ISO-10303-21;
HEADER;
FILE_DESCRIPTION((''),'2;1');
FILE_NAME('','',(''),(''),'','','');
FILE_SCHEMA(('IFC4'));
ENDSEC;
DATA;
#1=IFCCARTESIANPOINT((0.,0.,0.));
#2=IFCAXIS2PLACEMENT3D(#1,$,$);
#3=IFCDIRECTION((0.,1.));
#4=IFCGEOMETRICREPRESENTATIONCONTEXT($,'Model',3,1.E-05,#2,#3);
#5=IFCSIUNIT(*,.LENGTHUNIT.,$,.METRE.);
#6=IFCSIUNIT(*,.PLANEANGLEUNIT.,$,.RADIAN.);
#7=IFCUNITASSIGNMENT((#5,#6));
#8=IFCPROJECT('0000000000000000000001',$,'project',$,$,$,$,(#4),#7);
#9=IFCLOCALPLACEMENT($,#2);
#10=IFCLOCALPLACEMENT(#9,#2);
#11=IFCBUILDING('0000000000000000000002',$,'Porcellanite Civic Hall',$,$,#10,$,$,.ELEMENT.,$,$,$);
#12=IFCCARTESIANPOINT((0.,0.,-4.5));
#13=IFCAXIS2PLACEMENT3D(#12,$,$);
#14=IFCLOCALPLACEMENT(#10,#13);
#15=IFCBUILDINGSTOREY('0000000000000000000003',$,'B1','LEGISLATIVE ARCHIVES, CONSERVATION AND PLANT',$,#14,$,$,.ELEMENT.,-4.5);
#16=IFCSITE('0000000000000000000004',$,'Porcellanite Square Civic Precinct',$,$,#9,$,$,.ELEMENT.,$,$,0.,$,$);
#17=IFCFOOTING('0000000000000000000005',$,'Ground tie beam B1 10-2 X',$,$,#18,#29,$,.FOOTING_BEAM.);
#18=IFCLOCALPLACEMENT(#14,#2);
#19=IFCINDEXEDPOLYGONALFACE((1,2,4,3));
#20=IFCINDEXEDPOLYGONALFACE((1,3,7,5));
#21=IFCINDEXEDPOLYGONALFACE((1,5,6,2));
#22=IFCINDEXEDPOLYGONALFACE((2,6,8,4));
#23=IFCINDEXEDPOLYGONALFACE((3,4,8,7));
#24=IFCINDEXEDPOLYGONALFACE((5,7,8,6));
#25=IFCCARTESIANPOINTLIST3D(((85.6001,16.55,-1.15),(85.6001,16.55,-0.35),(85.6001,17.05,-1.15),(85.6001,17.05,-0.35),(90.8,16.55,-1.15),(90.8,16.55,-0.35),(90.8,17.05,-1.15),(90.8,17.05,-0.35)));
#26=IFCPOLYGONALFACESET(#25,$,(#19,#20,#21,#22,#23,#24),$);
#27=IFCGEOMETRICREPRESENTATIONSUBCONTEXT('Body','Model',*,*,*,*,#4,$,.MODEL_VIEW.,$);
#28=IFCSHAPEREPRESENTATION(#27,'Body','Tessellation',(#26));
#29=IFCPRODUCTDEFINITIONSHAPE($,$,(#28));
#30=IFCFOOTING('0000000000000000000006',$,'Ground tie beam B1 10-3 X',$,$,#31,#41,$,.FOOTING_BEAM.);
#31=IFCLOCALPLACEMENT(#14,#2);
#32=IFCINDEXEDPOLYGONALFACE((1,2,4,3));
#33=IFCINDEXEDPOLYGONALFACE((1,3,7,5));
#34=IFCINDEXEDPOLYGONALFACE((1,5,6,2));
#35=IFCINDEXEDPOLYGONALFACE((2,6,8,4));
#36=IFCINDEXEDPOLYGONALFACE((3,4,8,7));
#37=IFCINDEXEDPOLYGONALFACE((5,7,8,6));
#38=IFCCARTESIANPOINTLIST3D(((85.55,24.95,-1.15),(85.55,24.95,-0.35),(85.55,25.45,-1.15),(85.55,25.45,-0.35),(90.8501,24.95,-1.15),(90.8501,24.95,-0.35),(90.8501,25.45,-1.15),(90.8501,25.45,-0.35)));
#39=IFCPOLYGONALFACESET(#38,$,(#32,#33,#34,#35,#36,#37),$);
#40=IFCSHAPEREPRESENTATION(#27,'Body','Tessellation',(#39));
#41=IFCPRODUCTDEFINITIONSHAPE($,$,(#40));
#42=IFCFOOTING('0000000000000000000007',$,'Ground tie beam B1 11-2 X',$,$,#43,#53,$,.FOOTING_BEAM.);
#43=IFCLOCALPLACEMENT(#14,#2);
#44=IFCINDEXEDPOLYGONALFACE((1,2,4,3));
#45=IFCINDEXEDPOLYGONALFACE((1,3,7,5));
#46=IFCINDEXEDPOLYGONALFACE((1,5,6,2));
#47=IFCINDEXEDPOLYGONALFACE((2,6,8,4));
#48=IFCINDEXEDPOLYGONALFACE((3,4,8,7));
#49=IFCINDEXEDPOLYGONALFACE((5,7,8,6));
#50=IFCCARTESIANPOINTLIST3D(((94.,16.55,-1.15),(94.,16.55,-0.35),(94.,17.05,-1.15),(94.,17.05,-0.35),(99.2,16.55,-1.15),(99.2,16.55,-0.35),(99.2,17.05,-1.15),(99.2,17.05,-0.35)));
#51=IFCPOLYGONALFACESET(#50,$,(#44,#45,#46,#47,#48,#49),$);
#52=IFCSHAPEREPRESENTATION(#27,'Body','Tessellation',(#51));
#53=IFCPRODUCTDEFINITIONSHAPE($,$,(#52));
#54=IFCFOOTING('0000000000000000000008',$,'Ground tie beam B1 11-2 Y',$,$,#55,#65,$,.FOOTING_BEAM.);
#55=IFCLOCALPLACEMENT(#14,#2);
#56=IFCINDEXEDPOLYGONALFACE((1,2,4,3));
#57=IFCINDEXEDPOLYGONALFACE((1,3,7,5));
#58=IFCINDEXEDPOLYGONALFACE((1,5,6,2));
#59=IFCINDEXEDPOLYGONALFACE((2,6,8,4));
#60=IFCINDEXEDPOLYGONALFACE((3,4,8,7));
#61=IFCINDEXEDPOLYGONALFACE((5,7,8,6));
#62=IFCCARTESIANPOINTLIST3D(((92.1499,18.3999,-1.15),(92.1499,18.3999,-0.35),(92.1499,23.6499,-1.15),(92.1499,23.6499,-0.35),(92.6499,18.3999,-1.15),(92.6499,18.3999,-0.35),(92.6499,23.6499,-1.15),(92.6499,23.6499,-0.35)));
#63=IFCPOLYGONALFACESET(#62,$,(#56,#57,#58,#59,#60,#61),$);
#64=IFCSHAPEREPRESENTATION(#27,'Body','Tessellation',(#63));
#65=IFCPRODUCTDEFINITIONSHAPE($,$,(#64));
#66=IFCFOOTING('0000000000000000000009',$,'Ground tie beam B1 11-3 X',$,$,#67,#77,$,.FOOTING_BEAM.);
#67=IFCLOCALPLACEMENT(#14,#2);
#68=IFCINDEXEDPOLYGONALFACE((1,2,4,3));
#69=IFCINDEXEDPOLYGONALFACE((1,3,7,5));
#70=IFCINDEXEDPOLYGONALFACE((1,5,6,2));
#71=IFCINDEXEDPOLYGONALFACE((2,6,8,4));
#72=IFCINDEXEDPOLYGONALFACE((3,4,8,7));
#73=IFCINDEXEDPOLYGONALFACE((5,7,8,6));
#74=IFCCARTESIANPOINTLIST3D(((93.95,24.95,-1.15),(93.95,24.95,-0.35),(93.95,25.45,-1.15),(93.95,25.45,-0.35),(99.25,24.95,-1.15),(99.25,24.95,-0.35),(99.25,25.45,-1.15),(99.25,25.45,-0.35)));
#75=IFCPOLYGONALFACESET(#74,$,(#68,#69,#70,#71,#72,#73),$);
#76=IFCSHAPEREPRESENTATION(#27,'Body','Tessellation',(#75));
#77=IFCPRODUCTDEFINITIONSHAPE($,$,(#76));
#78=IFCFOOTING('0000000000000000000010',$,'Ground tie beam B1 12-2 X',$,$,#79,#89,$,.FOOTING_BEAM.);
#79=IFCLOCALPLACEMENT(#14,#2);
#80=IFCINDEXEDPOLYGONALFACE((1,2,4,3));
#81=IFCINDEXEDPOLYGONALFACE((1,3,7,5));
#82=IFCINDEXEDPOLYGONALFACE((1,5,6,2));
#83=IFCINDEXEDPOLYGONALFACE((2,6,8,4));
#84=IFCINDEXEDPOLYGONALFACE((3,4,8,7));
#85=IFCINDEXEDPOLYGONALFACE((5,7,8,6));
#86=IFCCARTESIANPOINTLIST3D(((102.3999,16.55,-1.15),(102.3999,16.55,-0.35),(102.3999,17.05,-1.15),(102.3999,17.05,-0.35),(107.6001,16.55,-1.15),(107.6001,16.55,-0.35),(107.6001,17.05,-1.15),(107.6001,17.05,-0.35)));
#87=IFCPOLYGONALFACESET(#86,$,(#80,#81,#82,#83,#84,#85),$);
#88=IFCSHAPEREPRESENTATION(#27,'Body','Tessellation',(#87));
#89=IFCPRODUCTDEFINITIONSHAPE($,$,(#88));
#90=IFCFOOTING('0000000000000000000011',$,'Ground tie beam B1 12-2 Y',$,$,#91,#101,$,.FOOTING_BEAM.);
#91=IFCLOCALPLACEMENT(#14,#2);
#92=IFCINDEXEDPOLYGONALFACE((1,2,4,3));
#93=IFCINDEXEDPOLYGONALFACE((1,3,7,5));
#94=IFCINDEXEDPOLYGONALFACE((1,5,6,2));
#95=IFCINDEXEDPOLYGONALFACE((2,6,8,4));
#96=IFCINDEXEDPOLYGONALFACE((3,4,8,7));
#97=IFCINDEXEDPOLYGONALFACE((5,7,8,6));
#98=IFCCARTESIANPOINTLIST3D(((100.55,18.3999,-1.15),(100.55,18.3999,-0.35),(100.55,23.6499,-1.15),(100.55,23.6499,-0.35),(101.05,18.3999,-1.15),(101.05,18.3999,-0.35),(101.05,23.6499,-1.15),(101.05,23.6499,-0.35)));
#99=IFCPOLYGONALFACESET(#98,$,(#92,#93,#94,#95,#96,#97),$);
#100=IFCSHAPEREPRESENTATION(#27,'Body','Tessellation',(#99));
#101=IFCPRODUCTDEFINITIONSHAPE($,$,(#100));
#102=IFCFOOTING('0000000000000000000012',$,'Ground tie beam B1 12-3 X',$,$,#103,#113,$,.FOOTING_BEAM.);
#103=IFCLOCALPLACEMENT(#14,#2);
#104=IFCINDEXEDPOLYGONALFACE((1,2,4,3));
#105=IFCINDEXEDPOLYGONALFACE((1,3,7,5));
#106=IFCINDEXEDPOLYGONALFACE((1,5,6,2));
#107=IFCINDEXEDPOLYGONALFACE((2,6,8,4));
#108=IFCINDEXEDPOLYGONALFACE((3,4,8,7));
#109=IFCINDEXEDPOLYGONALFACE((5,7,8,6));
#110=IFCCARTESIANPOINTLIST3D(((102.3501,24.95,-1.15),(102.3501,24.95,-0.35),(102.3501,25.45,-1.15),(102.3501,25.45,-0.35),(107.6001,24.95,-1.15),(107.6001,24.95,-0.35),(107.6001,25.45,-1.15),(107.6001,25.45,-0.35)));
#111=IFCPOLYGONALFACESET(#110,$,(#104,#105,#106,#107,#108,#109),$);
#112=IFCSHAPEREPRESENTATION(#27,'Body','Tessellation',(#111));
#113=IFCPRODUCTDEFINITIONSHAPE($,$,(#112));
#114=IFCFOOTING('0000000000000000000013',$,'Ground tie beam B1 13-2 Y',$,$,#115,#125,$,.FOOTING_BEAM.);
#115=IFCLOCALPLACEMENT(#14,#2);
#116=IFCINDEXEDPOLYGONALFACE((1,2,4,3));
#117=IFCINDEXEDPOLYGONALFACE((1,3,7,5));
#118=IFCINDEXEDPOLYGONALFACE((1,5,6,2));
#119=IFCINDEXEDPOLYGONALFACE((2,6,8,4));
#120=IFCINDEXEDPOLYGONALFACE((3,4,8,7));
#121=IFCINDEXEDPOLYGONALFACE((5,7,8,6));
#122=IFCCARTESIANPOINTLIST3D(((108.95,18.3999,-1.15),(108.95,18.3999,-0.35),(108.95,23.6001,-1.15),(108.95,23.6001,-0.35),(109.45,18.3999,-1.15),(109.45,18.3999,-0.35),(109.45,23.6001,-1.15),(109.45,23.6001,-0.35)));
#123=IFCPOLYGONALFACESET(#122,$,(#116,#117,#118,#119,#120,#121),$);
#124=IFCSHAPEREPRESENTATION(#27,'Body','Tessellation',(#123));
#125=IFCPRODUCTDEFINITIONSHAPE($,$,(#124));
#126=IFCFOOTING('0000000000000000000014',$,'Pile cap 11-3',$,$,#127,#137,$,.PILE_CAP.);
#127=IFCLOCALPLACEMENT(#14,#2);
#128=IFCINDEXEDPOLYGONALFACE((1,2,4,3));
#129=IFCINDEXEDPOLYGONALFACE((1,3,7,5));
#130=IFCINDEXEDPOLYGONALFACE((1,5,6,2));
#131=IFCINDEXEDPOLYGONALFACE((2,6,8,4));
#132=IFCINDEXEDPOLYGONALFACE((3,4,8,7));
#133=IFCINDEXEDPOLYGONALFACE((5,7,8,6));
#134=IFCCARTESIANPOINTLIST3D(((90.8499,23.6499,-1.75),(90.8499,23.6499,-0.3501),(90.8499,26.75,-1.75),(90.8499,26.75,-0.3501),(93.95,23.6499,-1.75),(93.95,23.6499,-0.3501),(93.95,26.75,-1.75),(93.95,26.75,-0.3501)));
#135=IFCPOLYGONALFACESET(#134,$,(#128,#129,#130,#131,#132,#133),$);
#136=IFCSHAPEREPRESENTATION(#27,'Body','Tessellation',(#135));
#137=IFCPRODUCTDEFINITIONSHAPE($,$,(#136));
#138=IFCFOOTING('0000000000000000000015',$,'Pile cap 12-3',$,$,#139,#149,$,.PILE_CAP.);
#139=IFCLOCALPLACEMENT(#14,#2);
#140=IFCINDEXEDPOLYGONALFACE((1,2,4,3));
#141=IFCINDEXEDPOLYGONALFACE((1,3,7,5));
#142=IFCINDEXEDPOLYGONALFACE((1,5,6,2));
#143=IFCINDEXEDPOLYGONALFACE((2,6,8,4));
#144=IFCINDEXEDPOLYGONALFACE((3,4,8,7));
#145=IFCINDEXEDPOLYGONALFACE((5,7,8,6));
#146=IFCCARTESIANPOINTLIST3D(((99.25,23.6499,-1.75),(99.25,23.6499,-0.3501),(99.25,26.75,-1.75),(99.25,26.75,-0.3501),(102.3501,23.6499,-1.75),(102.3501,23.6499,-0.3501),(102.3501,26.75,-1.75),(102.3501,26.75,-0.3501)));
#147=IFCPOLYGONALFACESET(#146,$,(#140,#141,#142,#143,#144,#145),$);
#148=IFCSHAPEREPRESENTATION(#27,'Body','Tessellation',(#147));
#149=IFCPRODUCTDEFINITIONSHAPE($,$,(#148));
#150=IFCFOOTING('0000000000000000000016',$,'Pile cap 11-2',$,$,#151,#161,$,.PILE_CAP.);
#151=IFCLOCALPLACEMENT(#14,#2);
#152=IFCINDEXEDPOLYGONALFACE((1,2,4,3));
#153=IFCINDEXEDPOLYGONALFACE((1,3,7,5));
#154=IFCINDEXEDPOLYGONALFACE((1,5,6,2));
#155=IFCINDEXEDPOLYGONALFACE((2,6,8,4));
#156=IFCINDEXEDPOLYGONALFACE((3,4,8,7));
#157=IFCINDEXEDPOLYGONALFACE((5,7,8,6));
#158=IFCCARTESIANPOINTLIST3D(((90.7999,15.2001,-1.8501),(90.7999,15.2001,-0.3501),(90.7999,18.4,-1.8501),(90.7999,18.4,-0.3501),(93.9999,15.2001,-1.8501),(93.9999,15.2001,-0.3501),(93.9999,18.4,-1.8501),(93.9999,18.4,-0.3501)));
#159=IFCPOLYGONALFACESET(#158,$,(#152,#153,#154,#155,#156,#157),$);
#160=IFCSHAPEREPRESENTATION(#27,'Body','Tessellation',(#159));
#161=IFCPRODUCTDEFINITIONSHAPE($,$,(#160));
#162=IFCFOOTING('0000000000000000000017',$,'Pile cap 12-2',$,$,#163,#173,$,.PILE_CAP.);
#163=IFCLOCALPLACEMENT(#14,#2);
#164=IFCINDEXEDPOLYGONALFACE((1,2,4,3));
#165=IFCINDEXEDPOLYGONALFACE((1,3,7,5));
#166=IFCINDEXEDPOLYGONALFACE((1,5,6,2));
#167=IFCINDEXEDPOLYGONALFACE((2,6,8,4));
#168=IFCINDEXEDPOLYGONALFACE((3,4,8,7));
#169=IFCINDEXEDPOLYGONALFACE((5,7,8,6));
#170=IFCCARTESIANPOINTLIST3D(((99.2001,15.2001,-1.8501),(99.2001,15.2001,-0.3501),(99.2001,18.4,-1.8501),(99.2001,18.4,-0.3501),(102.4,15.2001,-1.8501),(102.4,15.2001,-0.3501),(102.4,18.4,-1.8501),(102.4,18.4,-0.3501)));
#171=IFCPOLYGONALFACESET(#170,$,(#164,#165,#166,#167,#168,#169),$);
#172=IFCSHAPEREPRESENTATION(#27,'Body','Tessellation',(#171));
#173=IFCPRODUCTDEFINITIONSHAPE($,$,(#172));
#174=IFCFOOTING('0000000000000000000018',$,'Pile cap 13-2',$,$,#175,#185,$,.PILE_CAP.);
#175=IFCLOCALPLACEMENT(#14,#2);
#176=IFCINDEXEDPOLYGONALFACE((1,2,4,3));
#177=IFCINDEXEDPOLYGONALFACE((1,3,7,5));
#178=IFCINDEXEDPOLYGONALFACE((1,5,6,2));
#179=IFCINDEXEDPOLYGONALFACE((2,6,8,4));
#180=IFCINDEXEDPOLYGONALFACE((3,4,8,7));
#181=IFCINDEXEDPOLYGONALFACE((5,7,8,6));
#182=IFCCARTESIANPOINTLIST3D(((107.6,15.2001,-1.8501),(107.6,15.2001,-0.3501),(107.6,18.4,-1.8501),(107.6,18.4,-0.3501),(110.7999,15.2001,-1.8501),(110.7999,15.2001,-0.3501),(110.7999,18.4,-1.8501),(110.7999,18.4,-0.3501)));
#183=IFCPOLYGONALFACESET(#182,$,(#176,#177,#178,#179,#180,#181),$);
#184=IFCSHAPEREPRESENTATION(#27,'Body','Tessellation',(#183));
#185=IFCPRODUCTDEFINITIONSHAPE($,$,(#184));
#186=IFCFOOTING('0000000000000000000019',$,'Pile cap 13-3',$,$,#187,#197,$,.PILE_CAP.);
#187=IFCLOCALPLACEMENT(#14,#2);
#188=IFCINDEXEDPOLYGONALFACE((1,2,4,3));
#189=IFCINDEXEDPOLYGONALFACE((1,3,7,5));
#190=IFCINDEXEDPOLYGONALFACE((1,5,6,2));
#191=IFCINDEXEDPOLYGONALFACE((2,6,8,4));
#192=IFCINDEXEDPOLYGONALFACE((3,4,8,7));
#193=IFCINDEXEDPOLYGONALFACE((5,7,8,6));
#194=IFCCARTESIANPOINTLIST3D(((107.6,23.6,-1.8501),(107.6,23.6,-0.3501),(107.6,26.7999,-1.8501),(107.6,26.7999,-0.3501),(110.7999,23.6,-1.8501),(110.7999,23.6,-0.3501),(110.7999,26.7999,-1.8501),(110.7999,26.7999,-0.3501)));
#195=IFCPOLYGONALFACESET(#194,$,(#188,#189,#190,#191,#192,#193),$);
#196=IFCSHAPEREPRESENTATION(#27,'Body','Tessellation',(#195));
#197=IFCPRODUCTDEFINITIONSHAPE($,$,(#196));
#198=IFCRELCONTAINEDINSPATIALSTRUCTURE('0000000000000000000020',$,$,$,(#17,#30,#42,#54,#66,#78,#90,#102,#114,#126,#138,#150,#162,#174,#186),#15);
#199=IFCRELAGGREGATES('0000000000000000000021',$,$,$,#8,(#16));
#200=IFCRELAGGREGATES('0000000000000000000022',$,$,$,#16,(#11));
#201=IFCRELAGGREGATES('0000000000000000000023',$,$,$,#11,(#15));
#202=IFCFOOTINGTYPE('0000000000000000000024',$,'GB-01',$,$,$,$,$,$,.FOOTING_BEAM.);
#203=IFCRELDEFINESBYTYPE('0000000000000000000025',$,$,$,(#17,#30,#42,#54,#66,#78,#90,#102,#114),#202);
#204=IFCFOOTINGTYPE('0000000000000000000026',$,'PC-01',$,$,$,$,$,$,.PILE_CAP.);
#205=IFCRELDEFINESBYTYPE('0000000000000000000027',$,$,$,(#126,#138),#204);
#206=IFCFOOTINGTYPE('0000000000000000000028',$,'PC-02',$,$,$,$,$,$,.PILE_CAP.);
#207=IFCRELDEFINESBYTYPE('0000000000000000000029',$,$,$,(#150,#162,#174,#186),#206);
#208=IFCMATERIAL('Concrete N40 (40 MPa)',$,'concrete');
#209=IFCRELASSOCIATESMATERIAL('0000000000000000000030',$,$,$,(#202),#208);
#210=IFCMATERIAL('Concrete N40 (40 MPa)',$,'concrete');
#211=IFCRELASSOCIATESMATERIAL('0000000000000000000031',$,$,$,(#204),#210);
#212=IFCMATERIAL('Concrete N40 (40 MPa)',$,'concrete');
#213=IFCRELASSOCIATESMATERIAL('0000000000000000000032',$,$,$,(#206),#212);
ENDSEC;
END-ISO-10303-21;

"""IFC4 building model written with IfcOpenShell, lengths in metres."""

from ifc_helpers import new_model, si_unit, direction, frame, origin, origin_2d, place, context, subcontext, project, spatial, rectangle, extrude, material, material_profile, profile_set, type_object, element, save


model = new_model("IFC4")

# Units and contexts
model_context = context("Model", 3, precision=1e-05, world=origin(), true_north=direction((0.0, 1.0)))
body_context = subcontext(model_context, "Body", "Model", "MODEL_VIEW")
ifc_project = project(units=[si_unit("LENGTHUNIT", "METRE"), si_unit("PLANEANGLEUNIT", "RADIAN")], contexts=[model_context])

# Site, building, storey
site_placement = place(None, origin())
site = spatial("IfcSite", under=ifc_project, at=site_placement, Name="Porcellanite Square Civic Precinct", CompositionType="ELEMENT", RefElevation=0.0)
building_placement = place(site_placement, origin())
building = spatial("IfcBuilding", under=site, at=building_placement, Name="Porcellanite Civic Hall", CompositionType="ELEMENT")
storey_placement = place(building_placement, frame((0.0, 0.0, -4.5)))
storey = spatial("IfcBuildingStorey", under=building, at=storey_placement, Name="B1", Description="LEGISLATIVE ARCHIVES, CONSERVATION AND PLANT", CompositionType="ELEMENT", Elevation=-4.5)

# Footings
ifc_material_1 = material(Name="Concrete N40 (40 MPa)", Category="concrete")
ifc_material_profile_1 = material_profile(ifc_material_1, rectangle(XDim=0.5, YDim=0.8, at=origin_2d()), Name="RC-500x800")
ifc_profile_set_1 = profile_set([ifc_material_profile_1], Name="Concrete N40 (40 MPa)")
footing_type_1 = type_object("IfcFootingType", Name="GB-01", PredefinedType="FOOTING_BEAM", material=ifc_profile_set_1)
footing_1_placement = place(storey_placement, frame((85.6001, 16.8, -0.75), z_axis=(1.0, 0.0, 0.0), x_axis=(0.0, 1.0, 0.0)))
element("IfcFooting", 1, at=footing_1_placement, inside=storey, type_object=footing_type_1, Name="Ground tie beam B1 10-2 X", PredefinedType="FOOTING_BEAM", context=body_context, shape_type="SweptSolid", body=[
    extrude(rectangle(XDim=0.5, YDim=0.8, at=origin_2d()), origin(), (0.0, 0.0, 1.0), 5.2),
])
footing_2_placement = place(storey_placement, frame((85.55, 25.2, -0.75), z_axis=(1.0, 0.0, 0.0), x_axis=(0.0, 1.0, 0.0)))
element("IfcFooting", 2, at=footing_2_placement, inside=storey, type_object=footing_type_1, Name="Ground tie beam B1 10-3 X", PredefinedType="FOOTING_BEAM", context=body_context, shape_type="SweptSolid", body=[
    extrude(rectangle(XDim=0.5, YDim=0.8, at=origin_2d()), origin(), (0.0, 0.0, 1.0), 5.3),
])
footing_3_placement = place(storey_placement, frame((94.0, 16.8, -0.75), z_axis=(1.0, 0.0, 0.0), x_axis=(0.0, 1.0, 0.0)))
element("IfcFooting", 3, at=footing_3_placement, inside=storey, type_object=footing_type_1, Name="Ground tie beam B1 11-2 X", PredefinedType="FOOTING_BEAM", context=body_context, shape_type="SweptSolid", body=[
    extrude(rectangle(XDim=0.5, YDim=0.8, at=origin_2d()), origin(), (0.0, 0.0, 1.0), 5.2),
])
footing_4_placement = place(storey_placement, frame((92.3999, 18.3999, -0.75), z_axis=(0.0, 1.0, 0.0), x_axis=(-1.0, 0.0, 0.0)))
element("IfcFooting", 4, at=footing_4_placement, inside=storey, type_object=footing_type_1, Name="Ground tie beam B1 11-2 Y", PredefinedType="FOOTING_BEAM", context=body_context, shape_type="SweptSolid", body=[
    extrude(rectangle(XDim=0.5, YDim=0.8, at=origin_2d()), origin(), (0.0, 0.0, 1.0), 5.25),
])
footing_5_placement = place(storey_placement, frame((93.95, 25.2, -0.75), z_axis=(1.0, 0.0, 0.0), x_axis=(0.0, 1.0, 0.0)))
element("IfcFooting", 5, at=footing_5_placement, inside=storey, type_object=footing_type_1, Name="Ground tie beam B1 11-3 X", PredefinedType="FOOTING_BEAM", context=body_context, shape_type="SweptSolid", body=[
    extrude(rectangle(XDim=0.5, YDim=0.8, at=origin_2d()), origin(), (0.0, 0.0, 1.0), 5.3),
])
footing_6_placement = place(storey_placement, frame((102.3999, 16.8, -0.75), z_axis=(1.0, 0.0, 0.0), x_axis=(0.0, 1.0, 0.0)))
element("IfcFooting", 6, at=footing_6_placement, inside=storey, type_object=footing_type_1, Name="Ground tie beam B1 12-2 X", PredefinedType="FOOTING_BEAM", context=body_context, shape_type="SweptSolid", body=[
    extrude(rectangle(XDim=0.5, YDim=0.8, at=origin_2d()), origin(), (0.0, 0.0, 1.0), 5.2002),
])
for number, where, z_axis, x_axis, name in (
    (7, (100.8, 18.3999, -0.75), (0.0, 1.0, 0.0), (-1.0, 0.0, 0.0), "Ground tie beam B1 12-2 Y"),
    (8, (102.3501, 25.2, -0.75), (1.0, 0.0, 0.0), (0.0, 1.0, 0.0), "Ground tie beam B1 12-3 X"),
):
    element("IfcFooting", number, at=place(storey_placement, frame(where, z_axis=z_axis, x_axis=x_axis)), inside=storey, type_object=footing_type_1, Name=name, PredefinedType="FOOTING_BEAM", context=body_context, shape_type="SweptSolid", body=[
        extrude(rectangle(XDim=0.5, YDim=0.8, at=origin_2d()), origin(), (0.0, 0.0, 1.0), 5.25),
    ])
footing_7_placement = place(storey_placement, frame((109.2, 18.3999, -0.75), z_axis=(0.0, 1.0, 0.0), x_axis=(-1.0, 0.0, 0.0)))
element("IfcFooting", 9, at=footing_7_placement, inside=storey, type_object=footing_type_1, Name="Ground tie beam B1 13-2 Y", PredefinedType="FOOTING_BEAM", context=body_context, shape_type="SweptSolid", body=[
    extrude(rectangle(XDim=0.5, YDim=0.8, at=origin_2d()), origin(), (0.0, 0.0, 1.0), 5.2002),
])
ifc_material_2 = material(Name="Concrete N40 (40 MPa)", Category="concrete")
footing_type_2 = type_object("IfcFootingType", Name="PC-01", PredefinedType="PILE_CAP", material=ifc_material_2)
for number, where, z_axis, x_axis, name in (
    (10, (92.3999, 25.2, -1.75), (0.0, 0.0, 1.0), (1.0, 0.0, 0.0), "Pile cap 11-3"),
    (11, (100.8, 25.2, -1.75), (0.0, 0.0, 1.0), (1.0, 0.0, 0.0), "Pile cap 12-3"),
):
    element("IfcFooting", number, at=place(storey_placement, frame(where, z_axis=z_axis, x_axis=x_axis)), inside=storey, type_object=footing_type_2, Name=name, PredefinedType="PILE_CAP", context=body_context, shape_type="SweptSolid", body=[
        extrude(rectangle(XDim=3.1001, YDim=3.1001, at=origin_2d()), origin(), (0.0, 0.0, 1.0), 1.3999),
    ])
ifc_material_3 = material(Name="Concrete N40 (40 MPa)", Category="concrete")
footing_type_3 = type_object("IfcFootingType", Name="PC-02", PredefinedType="PILE_CAP", material=ifc_material_3)
for number, where, z_axis, x_axis, name in (
    (12, (92.3999, 16.8, -1.8501), (0.0, 0.0, 1.0), (1.0, 0.0, 0.0), "Pile cap 11-2"),
    (13, (100.8, 16.8, -1.8501), (0.0, 0.0, 1.0), (1.0, 0.0, 0.0), "Pile cap 12-2"),
    (14, (109.2, 16.8, -1.8501), (0.0, 0.0, 1.0), (1.0, 0.0, 0.0), "Pile cap 13-2"),
    (15, (109.2, 25.2, -1.8501), (0.0, 0.0, 1.0), (1.0, 0.0, 0.0), "Pile cap 13-3"),
):
    element("IfcFooting", number, at=place(storey_placement, frame(where, z_axis=z_axis, x_axis=x_axis)), inside=storey, type_object=footing_type_3, Name=name, PredefinedType="PILE_CAP", context=body_context, shape_type="SweptSolid", body=[
        extrude(rectangle(XDim=3.2, YDim=3.2, at=origin_2d()), origin(), (0.0, 0.0, 1.0), 1.5),
    ])

save(model, "model.ifc")
